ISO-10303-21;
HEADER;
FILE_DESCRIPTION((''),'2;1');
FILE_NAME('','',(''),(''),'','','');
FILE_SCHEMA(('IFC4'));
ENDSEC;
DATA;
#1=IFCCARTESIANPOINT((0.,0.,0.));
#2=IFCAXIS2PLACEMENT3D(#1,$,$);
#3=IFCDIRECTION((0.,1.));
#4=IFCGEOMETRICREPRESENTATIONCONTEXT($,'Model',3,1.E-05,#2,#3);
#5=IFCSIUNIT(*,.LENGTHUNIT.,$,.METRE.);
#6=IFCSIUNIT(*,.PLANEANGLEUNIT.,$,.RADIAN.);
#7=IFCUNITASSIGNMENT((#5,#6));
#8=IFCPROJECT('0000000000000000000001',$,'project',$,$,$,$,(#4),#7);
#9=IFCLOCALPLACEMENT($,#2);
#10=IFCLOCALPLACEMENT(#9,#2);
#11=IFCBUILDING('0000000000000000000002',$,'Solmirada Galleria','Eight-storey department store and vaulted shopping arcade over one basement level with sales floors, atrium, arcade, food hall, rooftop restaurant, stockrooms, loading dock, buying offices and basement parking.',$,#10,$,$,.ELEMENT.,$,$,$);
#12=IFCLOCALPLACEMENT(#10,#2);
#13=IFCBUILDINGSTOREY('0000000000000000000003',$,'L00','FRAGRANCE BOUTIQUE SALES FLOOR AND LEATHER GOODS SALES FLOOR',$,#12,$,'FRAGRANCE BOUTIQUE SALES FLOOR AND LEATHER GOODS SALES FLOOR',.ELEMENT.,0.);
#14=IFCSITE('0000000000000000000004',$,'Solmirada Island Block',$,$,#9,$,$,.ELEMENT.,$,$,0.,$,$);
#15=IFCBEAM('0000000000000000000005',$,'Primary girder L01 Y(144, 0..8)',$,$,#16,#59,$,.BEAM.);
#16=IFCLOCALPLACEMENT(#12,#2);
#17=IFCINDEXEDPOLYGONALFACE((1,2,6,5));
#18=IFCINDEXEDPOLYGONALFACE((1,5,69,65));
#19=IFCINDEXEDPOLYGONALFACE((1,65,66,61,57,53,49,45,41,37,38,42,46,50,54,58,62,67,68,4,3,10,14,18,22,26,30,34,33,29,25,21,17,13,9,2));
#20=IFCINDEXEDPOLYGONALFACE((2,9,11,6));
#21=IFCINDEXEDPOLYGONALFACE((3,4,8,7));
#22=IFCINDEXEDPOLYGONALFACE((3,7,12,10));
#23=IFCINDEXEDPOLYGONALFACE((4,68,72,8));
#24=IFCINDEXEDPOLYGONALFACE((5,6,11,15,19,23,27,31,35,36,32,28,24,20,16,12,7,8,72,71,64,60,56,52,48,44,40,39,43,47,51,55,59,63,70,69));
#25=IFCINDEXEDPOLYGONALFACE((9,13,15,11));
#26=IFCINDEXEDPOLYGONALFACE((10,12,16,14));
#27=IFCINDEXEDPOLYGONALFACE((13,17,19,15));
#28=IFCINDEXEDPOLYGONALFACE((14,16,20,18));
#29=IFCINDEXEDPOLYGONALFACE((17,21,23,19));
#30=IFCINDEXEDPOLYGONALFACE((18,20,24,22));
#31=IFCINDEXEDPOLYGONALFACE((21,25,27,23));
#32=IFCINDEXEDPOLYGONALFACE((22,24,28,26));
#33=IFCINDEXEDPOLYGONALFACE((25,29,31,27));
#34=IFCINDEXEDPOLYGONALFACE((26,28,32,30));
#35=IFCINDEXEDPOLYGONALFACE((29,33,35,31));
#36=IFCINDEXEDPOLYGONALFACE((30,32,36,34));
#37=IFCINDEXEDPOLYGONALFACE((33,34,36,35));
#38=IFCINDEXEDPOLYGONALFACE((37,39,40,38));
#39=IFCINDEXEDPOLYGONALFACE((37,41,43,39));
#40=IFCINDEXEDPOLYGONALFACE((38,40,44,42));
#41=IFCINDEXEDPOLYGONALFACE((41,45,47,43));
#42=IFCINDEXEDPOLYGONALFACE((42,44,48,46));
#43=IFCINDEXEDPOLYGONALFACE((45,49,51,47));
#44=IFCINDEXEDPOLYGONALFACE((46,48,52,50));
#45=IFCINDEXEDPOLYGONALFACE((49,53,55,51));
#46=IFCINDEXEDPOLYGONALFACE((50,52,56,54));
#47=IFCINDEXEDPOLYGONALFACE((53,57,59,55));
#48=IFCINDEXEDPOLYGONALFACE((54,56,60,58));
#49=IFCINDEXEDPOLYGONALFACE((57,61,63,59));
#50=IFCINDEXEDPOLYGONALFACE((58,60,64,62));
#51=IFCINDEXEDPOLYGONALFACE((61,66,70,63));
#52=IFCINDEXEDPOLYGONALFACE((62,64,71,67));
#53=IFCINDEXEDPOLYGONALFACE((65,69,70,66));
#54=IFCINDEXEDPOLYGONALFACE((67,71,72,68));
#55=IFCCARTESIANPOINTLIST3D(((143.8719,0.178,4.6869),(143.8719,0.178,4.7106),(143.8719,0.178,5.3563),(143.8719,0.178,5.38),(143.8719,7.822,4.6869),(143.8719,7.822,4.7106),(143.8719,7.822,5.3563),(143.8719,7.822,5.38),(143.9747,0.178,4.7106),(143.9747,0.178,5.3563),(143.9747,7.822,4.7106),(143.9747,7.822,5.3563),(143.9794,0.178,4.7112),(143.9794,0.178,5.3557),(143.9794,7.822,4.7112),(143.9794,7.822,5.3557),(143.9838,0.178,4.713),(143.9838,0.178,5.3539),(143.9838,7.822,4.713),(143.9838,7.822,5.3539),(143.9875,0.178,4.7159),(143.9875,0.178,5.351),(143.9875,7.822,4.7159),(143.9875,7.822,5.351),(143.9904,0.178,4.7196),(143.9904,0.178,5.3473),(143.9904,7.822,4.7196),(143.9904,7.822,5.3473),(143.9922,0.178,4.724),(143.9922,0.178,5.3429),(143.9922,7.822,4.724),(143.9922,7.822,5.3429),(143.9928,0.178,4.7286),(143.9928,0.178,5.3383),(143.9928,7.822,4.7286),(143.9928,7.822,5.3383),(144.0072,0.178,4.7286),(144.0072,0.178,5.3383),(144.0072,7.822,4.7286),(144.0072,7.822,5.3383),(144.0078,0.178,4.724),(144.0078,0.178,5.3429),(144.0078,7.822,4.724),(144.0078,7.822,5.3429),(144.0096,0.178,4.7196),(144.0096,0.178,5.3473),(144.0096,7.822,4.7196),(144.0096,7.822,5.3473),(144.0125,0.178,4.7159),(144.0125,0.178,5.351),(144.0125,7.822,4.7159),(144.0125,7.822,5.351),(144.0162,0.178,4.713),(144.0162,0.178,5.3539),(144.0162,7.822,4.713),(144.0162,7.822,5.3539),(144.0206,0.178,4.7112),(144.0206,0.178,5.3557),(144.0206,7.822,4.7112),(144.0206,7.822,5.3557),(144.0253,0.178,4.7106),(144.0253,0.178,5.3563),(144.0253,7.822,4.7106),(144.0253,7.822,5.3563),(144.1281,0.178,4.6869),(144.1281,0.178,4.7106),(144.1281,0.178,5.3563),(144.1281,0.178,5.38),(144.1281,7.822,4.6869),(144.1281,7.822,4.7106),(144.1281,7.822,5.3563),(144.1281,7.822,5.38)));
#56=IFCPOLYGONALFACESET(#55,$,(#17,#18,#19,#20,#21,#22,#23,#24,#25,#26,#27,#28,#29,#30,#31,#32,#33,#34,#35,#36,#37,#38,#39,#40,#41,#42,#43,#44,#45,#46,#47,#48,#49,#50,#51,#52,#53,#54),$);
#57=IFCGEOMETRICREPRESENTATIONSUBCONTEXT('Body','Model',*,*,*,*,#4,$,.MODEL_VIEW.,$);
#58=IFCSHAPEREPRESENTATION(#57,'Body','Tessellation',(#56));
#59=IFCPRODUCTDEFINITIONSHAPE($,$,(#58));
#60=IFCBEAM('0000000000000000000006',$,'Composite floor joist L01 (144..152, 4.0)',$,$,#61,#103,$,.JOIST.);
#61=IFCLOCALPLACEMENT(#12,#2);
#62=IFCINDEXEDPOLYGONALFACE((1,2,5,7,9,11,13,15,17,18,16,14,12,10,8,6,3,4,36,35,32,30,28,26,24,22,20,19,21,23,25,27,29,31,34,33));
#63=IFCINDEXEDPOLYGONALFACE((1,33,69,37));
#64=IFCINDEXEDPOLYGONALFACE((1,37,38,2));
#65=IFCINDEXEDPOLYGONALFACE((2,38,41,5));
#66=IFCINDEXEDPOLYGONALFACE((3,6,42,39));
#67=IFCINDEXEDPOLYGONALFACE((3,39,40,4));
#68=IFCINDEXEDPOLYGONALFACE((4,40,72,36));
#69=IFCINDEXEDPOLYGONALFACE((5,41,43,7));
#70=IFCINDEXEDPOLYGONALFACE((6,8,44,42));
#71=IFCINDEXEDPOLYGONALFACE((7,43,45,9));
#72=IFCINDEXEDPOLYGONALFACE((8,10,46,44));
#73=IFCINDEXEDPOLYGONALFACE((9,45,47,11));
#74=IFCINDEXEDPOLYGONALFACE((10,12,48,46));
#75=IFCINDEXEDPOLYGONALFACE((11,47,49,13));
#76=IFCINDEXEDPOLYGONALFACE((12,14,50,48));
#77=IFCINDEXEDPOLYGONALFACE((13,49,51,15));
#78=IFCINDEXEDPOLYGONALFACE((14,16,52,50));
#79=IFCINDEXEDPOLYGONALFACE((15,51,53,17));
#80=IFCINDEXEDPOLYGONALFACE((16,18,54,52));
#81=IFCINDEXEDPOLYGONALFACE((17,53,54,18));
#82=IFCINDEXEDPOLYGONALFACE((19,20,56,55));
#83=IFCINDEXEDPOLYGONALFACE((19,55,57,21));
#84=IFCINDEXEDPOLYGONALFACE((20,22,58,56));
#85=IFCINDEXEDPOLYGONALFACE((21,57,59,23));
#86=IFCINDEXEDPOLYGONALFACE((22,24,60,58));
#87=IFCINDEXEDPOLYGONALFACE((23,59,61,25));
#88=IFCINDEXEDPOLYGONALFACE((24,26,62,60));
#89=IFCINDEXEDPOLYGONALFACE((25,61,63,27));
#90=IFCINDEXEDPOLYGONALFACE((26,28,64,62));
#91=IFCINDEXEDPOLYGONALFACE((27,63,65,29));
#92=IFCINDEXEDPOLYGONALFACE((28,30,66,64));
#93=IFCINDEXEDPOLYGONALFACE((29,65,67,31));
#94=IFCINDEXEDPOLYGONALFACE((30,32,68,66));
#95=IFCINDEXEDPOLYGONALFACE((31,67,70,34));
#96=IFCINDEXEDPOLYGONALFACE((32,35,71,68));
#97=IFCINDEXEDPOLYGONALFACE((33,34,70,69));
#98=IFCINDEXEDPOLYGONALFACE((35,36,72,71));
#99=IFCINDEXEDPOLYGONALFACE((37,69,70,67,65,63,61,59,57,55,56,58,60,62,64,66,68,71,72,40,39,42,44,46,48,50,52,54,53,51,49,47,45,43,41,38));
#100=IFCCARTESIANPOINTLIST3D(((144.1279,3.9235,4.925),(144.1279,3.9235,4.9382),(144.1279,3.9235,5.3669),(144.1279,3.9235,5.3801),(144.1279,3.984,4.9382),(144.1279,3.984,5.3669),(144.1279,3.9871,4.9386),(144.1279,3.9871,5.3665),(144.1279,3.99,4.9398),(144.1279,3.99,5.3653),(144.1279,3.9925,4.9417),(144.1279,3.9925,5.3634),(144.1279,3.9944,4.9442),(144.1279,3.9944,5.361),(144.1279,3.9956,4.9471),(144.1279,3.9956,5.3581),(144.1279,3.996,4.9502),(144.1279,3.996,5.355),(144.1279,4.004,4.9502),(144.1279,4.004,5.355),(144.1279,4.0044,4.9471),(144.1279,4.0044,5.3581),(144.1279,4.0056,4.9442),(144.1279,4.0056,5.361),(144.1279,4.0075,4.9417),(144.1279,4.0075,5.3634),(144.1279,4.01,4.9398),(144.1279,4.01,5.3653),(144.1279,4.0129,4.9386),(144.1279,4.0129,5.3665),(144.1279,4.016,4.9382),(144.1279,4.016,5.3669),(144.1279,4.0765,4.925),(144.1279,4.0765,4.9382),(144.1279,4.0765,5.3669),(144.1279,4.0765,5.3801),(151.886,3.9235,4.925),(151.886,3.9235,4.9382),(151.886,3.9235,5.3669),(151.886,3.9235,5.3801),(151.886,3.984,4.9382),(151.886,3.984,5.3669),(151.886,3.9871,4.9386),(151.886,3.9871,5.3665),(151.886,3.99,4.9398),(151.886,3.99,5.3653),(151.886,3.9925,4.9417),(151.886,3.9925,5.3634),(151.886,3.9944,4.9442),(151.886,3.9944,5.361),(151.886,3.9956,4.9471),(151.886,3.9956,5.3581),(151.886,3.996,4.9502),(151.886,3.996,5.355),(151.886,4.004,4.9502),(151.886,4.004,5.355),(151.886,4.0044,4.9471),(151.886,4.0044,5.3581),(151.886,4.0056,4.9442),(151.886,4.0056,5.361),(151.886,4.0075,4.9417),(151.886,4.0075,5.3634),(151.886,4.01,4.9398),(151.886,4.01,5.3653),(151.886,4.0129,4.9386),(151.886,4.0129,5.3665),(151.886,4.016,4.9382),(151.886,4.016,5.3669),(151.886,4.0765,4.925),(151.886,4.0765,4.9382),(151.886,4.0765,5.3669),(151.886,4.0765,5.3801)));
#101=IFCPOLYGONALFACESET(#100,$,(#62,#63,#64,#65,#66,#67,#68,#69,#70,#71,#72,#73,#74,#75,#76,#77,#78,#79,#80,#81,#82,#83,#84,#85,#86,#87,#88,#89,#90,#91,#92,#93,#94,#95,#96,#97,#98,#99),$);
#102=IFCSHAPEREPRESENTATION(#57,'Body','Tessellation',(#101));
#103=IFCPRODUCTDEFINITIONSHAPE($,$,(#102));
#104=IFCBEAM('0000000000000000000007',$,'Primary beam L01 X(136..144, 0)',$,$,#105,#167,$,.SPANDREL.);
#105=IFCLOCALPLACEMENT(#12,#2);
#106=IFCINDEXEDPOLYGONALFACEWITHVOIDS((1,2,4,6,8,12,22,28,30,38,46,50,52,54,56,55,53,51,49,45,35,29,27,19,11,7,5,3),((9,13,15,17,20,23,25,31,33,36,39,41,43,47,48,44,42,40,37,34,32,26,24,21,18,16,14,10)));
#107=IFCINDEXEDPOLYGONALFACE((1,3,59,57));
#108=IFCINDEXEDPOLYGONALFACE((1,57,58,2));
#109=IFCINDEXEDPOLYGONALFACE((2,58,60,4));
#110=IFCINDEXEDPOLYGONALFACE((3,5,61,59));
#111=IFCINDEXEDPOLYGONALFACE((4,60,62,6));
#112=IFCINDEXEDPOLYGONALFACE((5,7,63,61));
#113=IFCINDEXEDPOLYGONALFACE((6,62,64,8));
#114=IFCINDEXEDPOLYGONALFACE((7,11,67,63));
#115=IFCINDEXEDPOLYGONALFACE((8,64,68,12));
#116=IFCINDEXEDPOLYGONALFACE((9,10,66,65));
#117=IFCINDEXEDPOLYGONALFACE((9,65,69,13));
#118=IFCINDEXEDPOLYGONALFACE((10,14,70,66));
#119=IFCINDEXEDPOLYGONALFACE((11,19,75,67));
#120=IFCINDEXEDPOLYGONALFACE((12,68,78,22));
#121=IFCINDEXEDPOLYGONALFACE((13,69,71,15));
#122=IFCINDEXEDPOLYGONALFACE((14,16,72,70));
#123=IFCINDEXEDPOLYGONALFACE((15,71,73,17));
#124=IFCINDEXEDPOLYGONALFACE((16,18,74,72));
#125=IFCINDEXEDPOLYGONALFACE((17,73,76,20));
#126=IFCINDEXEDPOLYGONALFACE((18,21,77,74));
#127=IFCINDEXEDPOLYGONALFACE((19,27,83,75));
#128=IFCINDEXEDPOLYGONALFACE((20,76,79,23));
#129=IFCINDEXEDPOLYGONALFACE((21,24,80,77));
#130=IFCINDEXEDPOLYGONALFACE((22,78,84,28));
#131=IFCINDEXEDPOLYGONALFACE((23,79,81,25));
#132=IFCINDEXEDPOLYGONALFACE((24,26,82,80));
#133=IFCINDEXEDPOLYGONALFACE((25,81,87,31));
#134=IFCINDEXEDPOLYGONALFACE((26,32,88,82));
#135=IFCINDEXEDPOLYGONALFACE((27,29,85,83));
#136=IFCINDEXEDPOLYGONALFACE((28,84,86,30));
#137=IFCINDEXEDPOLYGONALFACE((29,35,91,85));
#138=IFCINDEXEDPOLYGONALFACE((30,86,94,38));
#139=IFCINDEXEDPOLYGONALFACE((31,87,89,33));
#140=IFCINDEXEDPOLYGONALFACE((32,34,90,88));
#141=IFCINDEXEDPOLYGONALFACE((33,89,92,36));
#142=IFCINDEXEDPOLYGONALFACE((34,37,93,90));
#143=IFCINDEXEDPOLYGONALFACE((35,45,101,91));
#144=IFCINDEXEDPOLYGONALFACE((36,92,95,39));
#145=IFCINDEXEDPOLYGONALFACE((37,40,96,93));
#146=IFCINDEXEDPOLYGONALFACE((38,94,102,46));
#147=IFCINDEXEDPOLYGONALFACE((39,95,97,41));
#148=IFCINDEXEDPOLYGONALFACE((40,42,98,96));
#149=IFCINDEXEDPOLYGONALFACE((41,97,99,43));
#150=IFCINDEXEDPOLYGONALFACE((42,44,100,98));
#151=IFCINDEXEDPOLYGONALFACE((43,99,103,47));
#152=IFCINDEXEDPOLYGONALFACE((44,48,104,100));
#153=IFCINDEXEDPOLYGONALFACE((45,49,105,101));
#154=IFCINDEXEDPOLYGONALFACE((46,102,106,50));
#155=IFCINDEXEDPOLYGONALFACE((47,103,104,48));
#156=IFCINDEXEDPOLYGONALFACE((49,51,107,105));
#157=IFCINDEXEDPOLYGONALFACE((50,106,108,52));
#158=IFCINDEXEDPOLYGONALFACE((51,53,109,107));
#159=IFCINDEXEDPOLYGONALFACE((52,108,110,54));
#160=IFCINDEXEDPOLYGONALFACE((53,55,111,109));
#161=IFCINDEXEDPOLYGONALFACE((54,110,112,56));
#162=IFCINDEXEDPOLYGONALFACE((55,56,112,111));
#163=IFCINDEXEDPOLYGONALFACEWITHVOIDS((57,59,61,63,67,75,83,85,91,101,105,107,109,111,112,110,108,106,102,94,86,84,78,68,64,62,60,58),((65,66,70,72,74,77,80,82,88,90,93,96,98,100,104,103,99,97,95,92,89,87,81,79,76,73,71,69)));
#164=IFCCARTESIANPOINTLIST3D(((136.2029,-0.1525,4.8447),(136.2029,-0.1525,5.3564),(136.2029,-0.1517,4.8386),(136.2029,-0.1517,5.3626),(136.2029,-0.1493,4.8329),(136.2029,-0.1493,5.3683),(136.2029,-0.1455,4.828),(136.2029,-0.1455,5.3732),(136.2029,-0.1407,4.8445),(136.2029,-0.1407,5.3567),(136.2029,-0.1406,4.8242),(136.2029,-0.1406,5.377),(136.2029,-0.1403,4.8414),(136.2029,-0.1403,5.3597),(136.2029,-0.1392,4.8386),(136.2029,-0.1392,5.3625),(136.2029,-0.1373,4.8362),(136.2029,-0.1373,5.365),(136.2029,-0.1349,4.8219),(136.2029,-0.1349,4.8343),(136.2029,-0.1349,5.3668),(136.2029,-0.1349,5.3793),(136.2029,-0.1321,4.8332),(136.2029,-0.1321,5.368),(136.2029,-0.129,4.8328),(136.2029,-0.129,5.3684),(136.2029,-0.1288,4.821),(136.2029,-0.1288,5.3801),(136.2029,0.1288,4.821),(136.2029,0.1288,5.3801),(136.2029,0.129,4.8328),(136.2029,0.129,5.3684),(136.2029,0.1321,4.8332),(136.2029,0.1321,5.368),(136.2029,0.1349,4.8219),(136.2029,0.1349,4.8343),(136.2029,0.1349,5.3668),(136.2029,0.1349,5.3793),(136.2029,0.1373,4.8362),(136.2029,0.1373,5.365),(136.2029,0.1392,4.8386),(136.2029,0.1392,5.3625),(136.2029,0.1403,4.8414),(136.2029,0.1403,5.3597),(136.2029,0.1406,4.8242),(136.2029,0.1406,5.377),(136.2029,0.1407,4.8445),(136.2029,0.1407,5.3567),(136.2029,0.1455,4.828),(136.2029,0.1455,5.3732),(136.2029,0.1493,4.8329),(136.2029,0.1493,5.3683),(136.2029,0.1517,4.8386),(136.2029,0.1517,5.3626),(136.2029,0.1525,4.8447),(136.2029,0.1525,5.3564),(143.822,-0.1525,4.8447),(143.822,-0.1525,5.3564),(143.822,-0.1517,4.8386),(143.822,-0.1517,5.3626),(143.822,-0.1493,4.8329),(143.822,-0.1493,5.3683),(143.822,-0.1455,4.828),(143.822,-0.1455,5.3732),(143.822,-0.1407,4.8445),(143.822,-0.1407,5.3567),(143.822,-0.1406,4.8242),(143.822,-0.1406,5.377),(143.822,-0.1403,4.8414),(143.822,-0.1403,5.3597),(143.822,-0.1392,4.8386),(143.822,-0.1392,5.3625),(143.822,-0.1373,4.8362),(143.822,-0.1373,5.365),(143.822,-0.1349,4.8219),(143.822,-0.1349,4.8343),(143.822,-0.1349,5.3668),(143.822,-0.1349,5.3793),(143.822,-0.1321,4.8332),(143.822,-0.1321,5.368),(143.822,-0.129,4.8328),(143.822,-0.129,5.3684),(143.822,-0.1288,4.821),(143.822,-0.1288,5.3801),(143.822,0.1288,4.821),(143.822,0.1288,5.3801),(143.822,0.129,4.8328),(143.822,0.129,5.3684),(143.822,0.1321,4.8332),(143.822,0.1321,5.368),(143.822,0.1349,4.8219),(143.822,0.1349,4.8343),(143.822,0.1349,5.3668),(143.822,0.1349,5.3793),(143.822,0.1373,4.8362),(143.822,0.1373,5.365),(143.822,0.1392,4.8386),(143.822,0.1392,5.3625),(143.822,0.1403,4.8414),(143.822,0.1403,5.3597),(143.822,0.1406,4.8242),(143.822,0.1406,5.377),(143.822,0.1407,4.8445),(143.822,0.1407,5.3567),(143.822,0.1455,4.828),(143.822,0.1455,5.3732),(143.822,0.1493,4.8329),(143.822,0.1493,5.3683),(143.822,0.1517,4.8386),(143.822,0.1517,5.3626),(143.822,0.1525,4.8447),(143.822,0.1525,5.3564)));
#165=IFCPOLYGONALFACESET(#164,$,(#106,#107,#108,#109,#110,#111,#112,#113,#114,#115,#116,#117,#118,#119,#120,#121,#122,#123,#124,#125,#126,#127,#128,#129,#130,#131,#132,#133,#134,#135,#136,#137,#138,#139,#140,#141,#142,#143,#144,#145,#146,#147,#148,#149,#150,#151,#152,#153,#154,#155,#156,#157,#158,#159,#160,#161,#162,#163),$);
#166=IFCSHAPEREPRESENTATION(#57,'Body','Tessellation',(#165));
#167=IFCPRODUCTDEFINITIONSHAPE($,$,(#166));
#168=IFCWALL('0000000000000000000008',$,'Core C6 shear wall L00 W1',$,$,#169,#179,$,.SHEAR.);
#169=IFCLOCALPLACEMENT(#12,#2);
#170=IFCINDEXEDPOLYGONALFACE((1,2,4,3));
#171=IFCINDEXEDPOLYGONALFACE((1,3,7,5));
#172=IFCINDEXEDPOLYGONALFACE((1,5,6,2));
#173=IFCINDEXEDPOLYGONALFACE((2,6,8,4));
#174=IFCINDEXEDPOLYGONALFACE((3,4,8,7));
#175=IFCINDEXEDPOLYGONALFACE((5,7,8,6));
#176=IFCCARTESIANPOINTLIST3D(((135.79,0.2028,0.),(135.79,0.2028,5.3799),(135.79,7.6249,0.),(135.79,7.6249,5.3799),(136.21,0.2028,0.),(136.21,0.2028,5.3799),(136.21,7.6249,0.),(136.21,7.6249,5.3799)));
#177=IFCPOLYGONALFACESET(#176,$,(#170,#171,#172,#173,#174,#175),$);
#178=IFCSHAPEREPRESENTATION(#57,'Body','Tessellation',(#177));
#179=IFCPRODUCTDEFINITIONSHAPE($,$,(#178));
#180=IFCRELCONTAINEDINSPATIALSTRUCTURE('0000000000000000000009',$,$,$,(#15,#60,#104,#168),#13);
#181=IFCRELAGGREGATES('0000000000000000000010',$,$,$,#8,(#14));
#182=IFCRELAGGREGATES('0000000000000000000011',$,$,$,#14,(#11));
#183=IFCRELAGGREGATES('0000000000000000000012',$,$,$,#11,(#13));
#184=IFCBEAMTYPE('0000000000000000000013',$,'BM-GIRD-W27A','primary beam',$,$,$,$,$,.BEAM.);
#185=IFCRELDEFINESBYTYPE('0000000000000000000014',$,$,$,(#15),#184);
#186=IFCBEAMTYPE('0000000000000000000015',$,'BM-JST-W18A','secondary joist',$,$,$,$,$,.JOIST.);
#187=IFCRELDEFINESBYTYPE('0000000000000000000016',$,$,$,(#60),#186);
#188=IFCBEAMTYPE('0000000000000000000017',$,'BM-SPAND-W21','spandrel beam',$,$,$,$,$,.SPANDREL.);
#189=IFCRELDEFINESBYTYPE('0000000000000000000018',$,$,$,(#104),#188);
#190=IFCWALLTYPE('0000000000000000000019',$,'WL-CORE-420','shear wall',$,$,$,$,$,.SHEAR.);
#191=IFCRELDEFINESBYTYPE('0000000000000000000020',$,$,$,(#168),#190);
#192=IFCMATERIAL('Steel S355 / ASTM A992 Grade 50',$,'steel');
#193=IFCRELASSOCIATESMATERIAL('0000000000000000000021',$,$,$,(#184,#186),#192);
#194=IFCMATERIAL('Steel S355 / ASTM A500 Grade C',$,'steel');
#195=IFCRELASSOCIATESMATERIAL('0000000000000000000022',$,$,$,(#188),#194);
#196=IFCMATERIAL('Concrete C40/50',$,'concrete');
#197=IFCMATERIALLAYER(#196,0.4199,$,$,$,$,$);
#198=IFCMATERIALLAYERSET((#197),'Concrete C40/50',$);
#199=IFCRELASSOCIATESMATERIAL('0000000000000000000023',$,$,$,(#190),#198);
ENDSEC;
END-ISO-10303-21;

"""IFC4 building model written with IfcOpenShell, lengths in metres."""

from ifc_helpers import new_model, si_unit, direction, frame, frame_2d, origin, origin_2d, place, context, subcontext, project, spatial, rectangle, hollow_rectangle, i_section, extrude, material, layer, layer_set, material_profile, profile_set, type_object, element, save


model = new_model("IFC4")

# Units and contexts
model_context = context("Model", 3, precision=1e-05, world=origin(), true_north=direction((0.0, 1.0)))
body_context = subcontext(model_context, "Body", "Model", "MODEL_VIEW")
ifc_project = project(units=[si_unit("LENGTHUNIT", "METRE"), si_unit("PLANEANGLEUNIT", "RADIAN")], contexts=[model_context])

# Site, building, storey
site_placement = place(None, origin())
site = spatial("IfcSite", under=ifc_project, at=site_placement, Name="Solmirada Island Block", CompositionType="ELEMENT", RefElevation=0.0)
building_placement = place(site_placement, origin())
building = spatial("IfcBuilding", under=site, at=building_placement, Name="Solmirada Galleria", Description="Eight-storey department store and vaulted shopping arcade over one basement level with sales floors, atrium, arcade, food hall, rooftop restaurant, stockrooms, loading dock, buying offices and basement parking.", CompositionType="ELEMENT")
storey_placement = place(building_placement, origin())
storey = spatial("IfcBuildingStorey", under=building, at=storey_placement, Name="L00", Description="FRAGRANCE BOUTIQUE SALES FLOOR AND LEATHER GOODS SALES FLOOR", LongName="FRAGRANCE BOUTIQUE SALES FLOOR AND LEATHER GOODS SALES FLOOR", CompositionType="ELEMENT", Elevation=0.0)

# Shared definitions
ifc_material_1 = material(Name="Steel S355 / ASTM A500 Grade C", Category="steel")

# Beams
ifc_material_2 = material(Name="Steel S355 / ASTM A992 Grade 50", Category="steel")
ifc_material_profile_1 = material_profile(ifc_material_2, i_section(OverallWidth=0.2561, OverallDepth=0.6931, WebThickness=0.0144, FlangeThickness=0.0237, FilletRadius=0.0181, at=origin_2d()), Name="W27X114")
ifc_profile_set_1 = profile_set([ifc_material_profile_1], Name="Steel S355 / ASTM A992 Grade 50")
beam_type_1 = type_object("IfcBeamType", Name="BM-GIRD-W27A", Description="primary beam", PredefinedType="BEAM", material=ifc_profile_set_1)
beam_1_placement = place(storey_placement, frame((144.0, 0.178, 5.0334), z_axis=(0.0, 1.0, 0.0), x_axis=(-1.0, 0.0, 0.0)))
element("IfcBeam", 1, at=beam_1_placement, inside=storey, type_object=beam_type_1, Name="Primary girder L01 Y(144, 0..8)", PredefinedType="BEAM", context=body_context, shape_type="SweptSolid", body=[
    extrude(i_section(OverallWidth=0.2561, OverallDepth=0.6931, WebThickness=0.0144, FlangeThickness=0.0237, FilletRadius=0.0181, at=origin_2d()), origin(), (0.0, 0.0, 1.0), 7.644),
])
ifc_material_profile_2 = material_profile(ifc_material_2, i_section(OverallWidth=0.1531, OverallDepth=0.4551, WebThickness=0.0081, FlangeThickness=0.0132, FilletRadius=0.012, at=origin_2d()), Name="W18X40")
ifc_profile_set_2 = profile_set([ifc_material_profile_2], Name="Steel S355 / ASTM A992 Grade 50")
beam_type_2 = type_object("IfcBeamType", Name="BM-JST-W18A", Description="secondary joist", PredefinedType="JOIST", material=ifc_profile_set_2)
beam_2_placement = place(storey_placement, frame((144.1279, 4.0, 5.1526), z_axis=(1.0, 0.0, 0.0), x_axis=(0.0, 1.0, 0.0)))
element("IfcBeam", 2, at=beam_2_placement, inside=storey, type_object=beam_type_2, Name="Composite floor joist L01 (144..152, 4.0)", PredefinedType="JOIST", context=body_context, shape_type="SweptSolid", body=[
    extrude(i_section(OverallWidth=0.1531, OverallDepth=0.4551, WebThickness=0.0081, FlangeThickness=0.0132, FilletRadius=0.012, at=origin_2d()), origin(), (0.0, 0.0, 1.0), 7.7581),
])
ifc_material_profile_3 = material_profile(ifc_material_1, hollow_rectangle(XDim=0.3049, YDim=0.5591, WallThickness=0.0117, InnerFilletRadius=0.0117, OuterFilletRadius=0.0237, at=origin_2d()), Name="HSS22X12X1/2")
ifc_profile_set_3 = profile_set([ifc_material_profile_3], Name="Steel S355 / ASTM A500 Grade C")
beam_type_3 = type_object("IfcBeamType", Name="BM-SPAND-W21", Description="spandrel beam", PredefinedType="SPANDREL", material=ifc_profile_set_3)
beam_3_placement = place(storey_placement, frame((136.2029, 0.0, 5.1006), z_axis=(1.0, 0.0, 0.0), x_axis=(0.0, 1.0, 0.0)))
element("IfcBeam", 3, at=beam_3_placement, inside=storey, type_object=beam_type_3, Name="Primary beam L01 X(136..144, 0)", PredefinedType="SPANDREL", context=body_context, shape_type="SweptSolid", body=[
    extrude(hollow_rectangle(XDim=0.3049, YDim=0.5591, WallThickness=0.0117, InnerFilletRadius=0.0117, OuterFilletRadius=0.0237, at=origin_2d()), origin(), (0.0, 0.0, 1.0), 7.6191),
])

# Wall
ifc_material_3 = material(Name="Concrete C40/50", Category="concrete")
ifc_layer_1 = layer(ifc_material_3, 0.4199)
ifc_layer_set_1 = layer_set([ifc_layer_1], Name="Concrete C40/50")
wall_type_1 = type_object("IfcWallType", Name="WL-CORE-420", Description="shear wall", PredefinedType="SHEAR", material=ifc_layer_set_1)
wall_1_placement = place(storey_placement, frame((136.0, 0.2029, 0.0), z_axis=(0.0, 0.0, 1.0), x_axis=(0.0, 1.0, 0.0)))
element("IfcWall", 4, at=wall_1_placement, inside=storey, type_object=wall_type_1, Name="Core C6 shear wall L00 W1", PredefinedType="SHEAR", context=body_context, shape_type="SweptSolid", body=[
    extrude(rectangle(XDim=7.4221, YDim=0.4199, at=frame_2d((3.7109, 0.0))), origin(), (0.0, 0.0, 1.0), 5.3799),
])

save(model, "model.ifc")
